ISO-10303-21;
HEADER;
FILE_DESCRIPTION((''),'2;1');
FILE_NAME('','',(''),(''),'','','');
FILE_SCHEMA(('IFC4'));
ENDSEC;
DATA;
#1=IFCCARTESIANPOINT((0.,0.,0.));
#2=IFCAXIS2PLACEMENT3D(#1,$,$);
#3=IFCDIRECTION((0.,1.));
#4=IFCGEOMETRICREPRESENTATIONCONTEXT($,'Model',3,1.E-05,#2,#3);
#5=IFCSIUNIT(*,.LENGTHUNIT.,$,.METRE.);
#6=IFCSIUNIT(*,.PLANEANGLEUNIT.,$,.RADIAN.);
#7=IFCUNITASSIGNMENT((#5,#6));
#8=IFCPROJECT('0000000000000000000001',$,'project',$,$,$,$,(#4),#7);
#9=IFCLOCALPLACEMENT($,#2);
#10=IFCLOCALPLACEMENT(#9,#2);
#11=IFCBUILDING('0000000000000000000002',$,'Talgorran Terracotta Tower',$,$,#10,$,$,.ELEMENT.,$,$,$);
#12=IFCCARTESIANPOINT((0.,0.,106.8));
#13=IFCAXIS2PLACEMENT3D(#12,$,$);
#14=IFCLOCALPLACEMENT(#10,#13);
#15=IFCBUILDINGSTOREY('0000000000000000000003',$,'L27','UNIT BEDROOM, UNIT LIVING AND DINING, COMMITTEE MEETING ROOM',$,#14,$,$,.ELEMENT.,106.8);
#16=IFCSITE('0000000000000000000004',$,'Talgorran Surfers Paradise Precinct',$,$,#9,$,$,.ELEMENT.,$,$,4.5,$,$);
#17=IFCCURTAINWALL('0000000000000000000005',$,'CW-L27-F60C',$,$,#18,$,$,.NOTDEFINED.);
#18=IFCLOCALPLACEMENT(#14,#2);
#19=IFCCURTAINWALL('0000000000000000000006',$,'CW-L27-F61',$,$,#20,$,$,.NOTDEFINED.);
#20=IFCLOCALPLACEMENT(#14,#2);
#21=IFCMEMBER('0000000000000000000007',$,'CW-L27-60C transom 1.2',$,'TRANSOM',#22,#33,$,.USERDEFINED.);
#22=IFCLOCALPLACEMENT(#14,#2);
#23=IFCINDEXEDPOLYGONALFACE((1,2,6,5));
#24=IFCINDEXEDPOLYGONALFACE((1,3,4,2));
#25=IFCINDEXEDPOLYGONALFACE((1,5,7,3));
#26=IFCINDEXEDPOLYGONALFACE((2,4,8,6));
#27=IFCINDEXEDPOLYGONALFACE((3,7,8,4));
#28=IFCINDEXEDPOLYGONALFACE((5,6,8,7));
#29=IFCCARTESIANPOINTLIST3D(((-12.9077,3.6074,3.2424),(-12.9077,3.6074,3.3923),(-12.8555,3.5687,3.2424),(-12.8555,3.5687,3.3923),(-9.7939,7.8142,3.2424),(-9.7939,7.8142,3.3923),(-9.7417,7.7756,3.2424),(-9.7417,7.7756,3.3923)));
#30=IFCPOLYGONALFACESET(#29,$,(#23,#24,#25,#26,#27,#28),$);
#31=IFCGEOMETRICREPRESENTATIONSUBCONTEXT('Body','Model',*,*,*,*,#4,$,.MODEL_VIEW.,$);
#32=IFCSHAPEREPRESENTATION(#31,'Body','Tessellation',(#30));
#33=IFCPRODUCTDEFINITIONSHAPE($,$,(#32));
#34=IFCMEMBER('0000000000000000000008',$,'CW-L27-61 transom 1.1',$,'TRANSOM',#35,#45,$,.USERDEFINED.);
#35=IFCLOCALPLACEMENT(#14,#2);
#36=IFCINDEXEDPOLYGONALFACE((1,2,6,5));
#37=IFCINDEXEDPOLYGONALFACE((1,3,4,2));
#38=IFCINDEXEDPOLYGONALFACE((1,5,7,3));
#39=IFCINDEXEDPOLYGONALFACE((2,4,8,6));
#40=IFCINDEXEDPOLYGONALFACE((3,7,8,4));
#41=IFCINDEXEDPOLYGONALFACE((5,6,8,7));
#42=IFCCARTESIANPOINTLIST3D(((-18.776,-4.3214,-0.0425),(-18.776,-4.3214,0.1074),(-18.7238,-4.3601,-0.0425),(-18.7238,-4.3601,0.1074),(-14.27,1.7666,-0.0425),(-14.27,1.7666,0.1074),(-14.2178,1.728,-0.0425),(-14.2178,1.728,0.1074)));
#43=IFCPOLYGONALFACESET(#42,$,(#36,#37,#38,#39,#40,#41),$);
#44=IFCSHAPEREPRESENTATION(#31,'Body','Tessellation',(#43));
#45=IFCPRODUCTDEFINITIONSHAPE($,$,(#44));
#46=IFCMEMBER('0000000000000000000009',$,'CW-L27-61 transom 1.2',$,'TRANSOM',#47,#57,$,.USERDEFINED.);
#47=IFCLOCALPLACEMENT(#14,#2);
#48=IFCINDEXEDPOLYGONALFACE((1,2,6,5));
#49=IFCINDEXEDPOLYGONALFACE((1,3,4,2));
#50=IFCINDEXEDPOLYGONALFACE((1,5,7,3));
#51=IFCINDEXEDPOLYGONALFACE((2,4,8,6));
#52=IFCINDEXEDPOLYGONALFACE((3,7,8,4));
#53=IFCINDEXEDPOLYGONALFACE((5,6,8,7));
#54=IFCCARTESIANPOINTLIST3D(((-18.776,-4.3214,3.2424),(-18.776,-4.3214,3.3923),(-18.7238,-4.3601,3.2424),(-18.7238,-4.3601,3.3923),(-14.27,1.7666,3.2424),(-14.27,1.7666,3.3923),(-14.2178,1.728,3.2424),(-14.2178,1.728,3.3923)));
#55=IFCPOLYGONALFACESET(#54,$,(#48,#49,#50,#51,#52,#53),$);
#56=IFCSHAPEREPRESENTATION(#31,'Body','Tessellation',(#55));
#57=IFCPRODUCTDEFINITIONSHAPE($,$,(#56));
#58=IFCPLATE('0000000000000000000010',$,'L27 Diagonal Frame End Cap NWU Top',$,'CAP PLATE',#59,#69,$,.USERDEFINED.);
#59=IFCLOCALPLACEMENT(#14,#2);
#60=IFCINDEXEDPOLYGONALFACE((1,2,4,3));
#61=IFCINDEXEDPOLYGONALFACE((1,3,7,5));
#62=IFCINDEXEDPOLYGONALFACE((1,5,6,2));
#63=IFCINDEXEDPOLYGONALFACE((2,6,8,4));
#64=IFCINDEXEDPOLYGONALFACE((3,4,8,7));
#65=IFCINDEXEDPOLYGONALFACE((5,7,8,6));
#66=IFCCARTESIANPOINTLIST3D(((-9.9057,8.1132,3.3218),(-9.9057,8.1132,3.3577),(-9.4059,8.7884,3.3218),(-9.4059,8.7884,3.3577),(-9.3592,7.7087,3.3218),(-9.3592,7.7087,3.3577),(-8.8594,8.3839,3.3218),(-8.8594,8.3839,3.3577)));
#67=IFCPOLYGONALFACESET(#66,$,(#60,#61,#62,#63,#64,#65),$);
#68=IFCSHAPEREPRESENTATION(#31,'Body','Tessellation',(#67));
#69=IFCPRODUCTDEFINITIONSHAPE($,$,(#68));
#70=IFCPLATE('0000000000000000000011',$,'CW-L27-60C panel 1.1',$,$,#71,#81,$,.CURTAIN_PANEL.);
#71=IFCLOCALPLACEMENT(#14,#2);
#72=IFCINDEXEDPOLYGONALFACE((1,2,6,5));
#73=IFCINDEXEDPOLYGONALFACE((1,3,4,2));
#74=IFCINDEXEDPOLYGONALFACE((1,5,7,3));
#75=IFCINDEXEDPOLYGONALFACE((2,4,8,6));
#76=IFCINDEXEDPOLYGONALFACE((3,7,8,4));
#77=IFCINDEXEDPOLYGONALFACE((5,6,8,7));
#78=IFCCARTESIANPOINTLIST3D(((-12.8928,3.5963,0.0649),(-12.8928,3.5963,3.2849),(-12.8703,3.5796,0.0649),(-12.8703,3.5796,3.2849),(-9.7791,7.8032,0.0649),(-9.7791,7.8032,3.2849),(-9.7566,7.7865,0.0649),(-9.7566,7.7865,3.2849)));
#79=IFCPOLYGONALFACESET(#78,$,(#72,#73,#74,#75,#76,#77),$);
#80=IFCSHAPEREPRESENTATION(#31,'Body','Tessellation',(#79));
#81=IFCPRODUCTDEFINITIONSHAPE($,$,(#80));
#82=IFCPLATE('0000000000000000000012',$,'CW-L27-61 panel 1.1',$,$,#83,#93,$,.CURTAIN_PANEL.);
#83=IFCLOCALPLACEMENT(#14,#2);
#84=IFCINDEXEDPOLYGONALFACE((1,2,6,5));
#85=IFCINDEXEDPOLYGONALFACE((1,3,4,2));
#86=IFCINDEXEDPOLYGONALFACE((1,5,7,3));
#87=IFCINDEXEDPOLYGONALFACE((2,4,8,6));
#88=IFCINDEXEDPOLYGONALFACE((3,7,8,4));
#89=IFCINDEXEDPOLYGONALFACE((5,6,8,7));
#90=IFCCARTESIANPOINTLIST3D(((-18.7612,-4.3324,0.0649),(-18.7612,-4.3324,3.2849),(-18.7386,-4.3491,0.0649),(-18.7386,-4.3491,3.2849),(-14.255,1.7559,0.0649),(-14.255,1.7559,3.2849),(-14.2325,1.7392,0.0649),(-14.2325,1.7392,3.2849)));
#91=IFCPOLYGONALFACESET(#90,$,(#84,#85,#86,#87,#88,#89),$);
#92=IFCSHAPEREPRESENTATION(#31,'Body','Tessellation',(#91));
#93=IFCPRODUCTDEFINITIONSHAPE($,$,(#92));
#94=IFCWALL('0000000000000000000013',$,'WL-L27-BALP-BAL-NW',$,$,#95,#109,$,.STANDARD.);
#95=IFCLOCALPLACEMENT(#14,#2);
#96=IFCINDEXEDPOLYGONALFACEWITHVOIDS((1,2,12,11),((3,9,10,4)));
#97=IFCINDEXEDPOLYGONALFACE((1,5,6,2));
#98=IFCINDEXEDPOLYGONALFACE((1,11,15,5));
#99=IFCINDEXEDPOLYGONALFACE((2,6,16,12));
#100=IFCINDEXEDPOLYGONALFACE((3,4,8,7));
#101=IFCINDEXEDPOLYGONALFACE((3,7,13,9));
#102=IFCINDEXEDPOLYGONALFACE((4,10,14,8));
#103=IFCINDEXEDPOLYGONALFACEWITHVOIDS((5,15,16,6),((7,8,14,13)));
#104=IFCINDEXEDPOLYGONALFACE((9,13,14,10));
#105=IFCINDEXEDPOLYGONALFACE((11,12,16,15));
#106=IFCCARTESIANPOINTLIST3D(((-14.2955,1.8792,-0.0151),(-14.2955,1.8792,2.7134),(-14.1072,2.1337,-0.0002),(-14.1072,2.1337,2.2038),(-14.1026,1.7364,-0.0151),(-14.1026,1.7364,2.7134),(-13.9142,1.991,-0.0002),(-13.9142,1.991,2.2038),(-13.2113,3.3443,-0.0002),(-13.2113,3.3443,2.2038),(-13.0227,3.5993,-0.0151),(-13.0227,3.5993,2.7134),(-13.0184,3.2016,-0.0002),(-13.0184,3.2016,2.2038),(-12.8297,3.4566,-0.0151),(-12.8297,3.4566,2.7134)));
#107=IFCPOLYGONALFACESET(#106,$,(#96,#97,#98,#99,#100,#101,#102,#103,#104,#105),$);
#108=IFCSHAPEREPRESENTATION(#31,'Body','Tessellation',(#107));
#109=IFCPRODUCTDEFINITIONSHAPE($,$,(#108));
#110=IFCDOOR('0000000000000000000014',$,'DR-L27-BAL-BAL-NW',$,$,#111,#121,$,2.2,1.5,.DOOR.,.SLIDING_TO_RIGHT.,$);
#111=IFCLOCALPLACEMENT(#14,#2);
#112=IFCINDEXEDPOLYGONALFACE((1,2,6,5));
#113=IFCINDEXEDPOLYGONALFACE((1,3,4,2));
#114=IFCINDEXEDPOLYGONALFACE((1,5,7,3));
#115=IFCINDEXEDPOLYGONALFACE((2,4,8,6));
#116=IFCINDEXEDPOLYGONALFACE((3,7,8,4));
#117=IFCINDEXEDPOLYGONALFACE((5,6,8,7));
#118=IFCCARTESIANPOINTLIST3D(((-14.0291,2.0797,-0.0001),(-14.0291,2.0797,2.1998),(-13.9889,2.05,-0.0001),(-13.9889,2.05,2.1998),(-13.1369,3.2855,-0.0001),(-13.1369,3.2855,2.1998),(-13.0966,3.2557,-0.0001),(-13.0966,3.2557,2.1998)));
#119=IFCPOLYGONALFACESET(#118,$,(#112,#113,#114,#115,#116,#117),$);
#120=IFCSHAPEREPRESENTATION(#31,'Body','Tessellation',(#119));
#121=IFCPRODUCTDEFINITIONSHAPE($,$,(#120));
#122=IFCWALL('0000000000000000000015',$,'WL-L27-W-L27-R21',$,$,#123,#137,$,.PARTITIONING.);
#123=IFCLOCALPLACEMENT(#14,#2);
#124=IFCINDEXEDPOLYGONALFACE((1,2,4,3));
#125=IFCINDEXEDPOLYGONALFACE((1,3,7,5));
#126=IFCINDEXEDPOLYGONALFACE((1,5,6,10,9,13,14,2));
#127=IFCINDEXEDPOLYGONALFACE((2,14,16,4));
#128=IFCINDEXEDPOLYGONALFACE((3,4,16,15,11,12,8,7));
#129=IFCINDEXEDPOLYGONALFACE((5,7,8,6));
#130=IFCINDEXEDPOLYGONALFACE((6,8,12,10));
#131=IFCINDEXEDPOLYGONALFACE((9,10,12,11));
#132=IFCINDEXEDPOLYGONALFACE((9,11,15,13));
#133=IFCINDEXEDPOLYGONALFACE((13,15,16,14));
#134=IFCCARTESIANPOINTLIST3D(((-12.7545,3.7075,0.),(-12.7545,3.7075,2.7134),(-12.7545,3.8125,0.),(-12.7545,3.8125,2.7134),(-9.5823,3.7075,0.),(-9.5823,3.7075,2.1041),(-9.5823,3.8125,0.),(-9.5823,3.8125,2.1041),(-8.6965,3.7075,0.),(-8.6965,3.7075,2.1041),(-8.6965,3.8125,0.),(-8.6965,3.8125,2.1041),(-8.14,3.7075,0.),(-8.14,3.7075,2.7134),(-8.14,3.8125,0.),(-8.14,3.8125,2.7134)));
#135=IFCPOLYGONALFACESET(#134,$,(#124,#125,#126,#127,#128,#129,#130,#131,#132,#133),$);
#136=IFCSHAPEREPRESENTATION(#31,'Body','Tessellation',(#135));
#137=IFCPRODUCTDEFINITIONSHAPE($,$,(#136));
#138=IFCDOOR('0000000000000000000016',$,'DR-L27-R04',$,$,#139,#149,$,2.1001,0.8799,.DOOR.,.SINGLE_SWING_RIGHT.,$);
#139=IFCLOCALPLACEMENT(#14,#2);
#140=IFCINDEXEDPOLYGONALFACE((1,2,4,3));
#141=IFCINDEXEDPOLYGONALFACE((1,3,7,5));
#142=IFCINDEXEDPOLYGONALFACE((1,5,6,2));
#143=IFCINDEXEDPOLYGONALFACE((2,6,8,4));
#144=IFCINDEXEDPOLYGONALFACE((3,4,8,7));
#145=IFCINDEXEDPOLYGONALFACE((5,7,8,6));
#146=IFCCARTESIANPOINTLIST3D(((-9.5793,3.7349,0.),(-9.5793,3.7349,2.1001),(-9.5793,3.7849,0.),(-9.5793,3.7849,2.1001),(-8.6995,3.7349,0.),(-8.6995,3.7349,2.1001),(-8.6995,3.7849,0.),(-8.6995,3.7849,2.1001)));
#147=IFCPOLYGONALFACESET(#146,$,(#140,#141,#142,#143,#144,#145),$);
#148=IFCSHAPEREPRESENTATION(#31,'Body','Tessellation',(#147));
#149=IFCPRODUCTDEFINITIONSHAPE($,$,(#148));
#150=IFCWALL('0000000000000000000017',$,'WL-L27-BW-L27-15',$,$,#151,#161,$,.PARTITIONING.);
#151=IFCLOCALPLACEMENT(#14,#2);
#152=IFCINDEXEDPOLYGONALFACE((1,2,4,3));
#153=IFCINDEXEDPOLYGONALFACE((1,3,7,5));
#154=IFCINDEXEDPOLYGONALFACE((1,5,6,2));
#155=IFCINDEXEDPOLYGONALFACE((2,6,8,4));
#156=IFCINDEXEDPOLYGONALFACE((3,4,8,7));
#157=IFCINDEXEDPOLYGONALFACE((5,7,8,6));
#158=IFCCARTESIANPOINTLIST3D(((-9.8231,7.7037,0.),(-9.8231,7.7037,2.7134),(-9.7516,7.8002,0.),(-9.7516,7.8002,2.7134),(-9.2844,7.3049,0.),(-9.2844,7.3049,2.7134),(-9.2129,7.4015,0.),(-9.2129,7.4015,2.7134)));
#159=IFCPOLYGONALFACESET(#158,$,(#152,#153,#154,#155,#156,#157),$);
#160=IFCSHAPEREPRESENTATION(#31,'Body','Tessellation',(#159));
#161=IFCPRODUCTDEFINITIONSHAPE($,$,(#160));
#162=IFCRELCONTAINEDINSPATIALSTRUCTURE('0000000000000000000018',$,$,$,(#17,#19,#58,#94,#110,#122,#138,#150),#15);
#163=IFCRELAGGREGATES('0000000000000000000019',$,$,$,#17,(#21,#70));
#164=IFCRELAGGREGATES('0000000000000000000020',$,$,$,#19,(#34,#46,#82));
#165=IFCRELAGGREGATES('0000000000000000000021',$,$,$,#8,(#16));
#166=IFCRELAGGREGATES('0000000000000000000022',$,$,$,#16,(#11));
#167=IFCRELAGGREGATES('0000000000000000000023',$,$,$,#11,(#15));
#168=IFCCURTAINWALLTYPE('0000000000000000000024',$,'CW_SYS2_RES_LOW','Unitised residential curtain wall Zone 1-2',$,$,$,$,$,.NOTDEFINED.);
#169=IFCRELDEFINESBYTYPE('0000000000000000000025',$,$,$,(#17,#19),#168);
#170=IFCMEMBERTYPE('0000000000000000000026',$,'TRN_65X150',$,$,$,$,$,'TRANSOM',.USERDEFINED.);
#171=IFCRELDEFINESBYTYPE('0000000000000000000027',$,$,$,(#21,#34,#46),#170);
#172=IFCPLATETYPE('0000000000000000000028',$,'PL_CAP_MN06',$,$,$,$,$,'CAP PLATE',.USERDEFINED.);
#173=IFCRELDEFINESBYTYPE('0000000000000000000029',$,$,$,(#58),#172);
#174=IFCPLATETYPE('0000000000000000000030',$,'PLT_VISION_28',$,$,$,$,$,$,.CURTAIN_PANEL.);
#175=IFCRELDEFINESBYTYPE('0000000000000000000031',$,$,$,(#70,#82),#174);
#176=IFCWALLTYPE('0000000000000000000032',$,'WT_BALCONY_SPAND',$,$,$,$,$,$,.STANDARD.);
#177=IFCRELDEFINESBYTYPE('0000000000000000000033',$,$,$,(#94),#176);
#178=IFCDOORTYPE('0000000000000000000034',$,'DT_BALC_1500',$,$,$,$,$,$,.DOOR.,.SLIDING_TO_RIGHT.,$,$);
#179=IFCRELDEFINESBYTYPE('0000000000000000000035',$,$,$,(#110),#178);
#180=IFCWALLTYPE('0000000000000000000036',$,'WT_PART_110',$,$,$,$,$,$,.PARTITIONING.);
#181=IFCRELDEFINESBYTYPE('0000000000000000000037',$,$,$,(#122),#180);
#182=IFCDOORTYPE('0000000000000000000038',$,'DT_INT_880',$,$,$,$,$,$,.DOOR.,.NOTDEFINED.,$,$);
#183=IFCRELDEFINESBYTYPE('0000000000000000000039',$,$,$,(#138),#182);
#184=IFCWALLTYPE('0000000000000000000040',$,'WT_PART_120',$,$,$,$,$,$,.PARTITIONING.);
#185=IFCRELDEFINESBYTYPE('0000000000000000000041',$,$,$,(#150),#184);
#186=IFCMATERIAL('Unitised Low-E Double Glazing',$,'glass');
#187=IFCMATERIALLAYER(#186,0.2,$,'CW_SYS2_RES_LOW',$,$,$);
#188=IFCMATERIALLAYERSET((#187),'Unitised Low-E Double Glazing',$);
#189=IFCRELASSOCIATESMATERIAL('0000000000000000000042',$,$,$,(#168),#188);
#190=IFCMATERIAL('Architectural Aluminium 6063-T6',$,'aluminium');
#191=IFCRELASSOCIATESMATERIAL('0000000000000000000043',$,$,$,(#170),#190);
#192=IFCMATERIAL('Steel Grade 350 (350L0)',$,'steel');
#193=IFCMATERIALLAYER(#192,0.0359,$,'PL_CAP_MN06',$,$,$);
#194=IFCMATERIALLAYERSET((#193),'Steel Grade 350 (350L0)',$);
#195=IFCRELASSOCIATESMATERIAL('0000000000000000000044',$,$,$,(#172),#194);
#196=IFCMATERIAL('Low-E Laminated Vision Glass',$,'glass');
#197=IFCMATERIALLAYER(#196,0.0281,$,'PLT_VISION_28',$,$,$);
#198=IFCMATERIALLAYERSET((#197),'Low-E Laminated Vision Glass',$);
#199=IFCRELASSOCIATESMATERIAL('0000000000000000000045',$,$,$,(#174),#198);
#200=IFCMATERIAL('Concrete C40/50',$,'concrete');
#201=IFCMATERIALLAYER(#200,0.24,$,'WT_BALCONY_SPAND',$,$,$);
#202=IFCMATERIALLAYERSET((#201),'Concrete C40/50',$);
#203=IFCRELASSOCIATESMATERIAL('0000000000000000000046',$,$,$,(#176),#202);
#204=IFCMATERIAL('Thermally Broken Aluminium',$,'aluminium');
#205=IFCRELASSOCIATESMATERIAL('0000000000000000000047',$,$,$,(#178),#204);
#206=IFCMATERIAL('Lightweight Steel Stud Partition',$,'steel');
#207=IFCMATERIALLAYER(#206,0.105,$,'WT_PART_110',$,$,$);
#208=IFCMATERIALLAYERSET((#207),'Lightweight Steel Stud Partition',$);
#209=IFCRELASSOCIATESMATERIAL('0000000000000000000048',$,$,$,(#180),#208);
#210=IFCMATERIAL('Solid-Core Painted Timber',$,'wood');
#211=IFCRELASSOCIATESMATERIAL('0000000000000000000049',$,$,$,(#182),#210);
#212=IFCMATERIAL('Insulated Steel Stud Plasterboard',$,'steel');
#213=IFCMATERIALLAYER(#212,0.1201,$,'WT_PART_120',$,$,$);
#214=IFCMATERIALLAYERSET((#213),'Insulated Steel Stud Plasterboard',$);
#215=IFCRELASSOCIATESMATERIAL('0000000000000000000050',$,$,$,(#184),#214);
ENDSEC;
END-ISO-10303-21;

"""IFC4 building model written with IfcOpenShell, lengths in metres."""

from ifc_helpers import new_model, si_unit, direction, frame, frame_2d, origin, origin_2d, place, context, subcontext, project, spatial, rectangle, extrude, source, transform, mapped, material, layer, layer_set, material_profile, profile_set, type_object, type_shapes, element, fill, aggregate, save


model = new_model("IFC4")

# Units and contexts
model_context = context("Model", 3, precision=1e-05, world=origin(), true_north=direction((0.0, 1.0)))
body_context = subcontext(model_context, "Body", "Model", "MODEL_VIEW")
ifc_project = project(units=[si_unit("LENGTHUNIT", "METRE"), si_unit("PLANEANGLEUNIT", "RADIAN")], contexts=[model_context])

# Site, building, storey
site_placement = place(None, origin())
site = spatial("IfcSite", under=ifc_project, at=site_placement, Name="Talgorran Surfers Paradise Precinct", CompositionType="ELEMENT", RefElevation=4.5)
building_placement = place(site_placement, origin())
building = spatial("IfcBuilding", under=site, at=building_placement, Name="Talgorran Terracotta Tower", CompositionType="ELEMENT")
storey_placement = place(building_placement, frame((0.0, 0.0, 106.8)))
storey = spatial("IfcBuildingStorey", under=building, at=storey_placement, Name="L27", Description="UNIT BEDROOM, UNIT LIVING AND DINING, COMMITTEE MEETING ROOM", CompositionType="ELEMENT", Elevation=106.8)

# Shared definitions
ifc_material_1 = material(Name="Steel Grade 350 (350L0)", Category="steel")

# Shared definitions
ifc_material_2 = material(Name="Unitised Low-E Double Glazing", Category="glass")
ifc_layer_1 = layer(ifc_material_2, 0.2, Name="CW_SYS2_RES_LOW")
ifc_layer_set_1 = layer_set([ifc_layer_1], Name="Unitised Low-E Double Glazing")
curtain_wall_type = type_object("IfcCurtainWallType", Name="CW_SYS2_RES_LOW", Description="Unitised residential curtain wall Zone 1-2", PredefinedType="NOTDEFINED", material=ifc_layer_set_1)
ifc_material_3 = material(Name="Architectural Aluminium 6063-T6", Category="aluminium")

# Curtain wall
curtain_wall_1_placement = place(storey_placement, origin())
curtain_wall_1 = element("IfcCurtainWall", 1, at=curtain_wall_1_placement, inside=storey, type_object=curtain_wall_type, Name="CW-L27-F60C", PredefinedType="NOTDEFINED")

# Curtain wall
curtain_wall_2_placement = place(storey_placement, origin())
curtain_wall_2 = element("IfcCurtainWall", 2, at=curtain_wall_2_placement, inside=storey, type_object=curtain_wall_type, Name="CW-L27-F61", PredefinedType="NOTDEFINED")

# Members
ifc_material_profile_1 = material_profile(ifc_material_3, rectangle(XDim=0.0649, YDim=0.1499, at=origin_2d()), Name="CWT65X150")
ifc_profile_set_1 = profile_set([ifc_material_profile_1], Name="Architectural Aluminium 6063-T6")
member_type_1 = type_object("IfcMemberType", Name="TRN_65X150", ElementType="TRANSOM", PredefinedType="USERDEFINED", material=ifc_profile_set_1)
member_1_placement = place(storey_placement, frame((-9.7678, 7.7949, 3.3174), z_axis=(-0.594935, -0.803774, 0.0), x_axis=(0.803774, -0.594935, 0.0)))
member_1 = element("IfcMember", 3, at=member_1_placement, type_object=member_type_1, Name="CW-L27-60C transom 1.2", ObjectType="TRANSOM", PredefinedType="USERDEFINED", context=body_context, shape_type="SweptSolid", body=[
    extrude(rectangle(XDim=0.0649, YDim=0.1499, at=origin_2d()), origin(), (0.0, 0.0, 1.0), 5.2339),
])
member_2_placement = place(storey_placement, frame((-14.2439, 1.7473, 0.0325), z_axis=(-0.594918, -0.803786, 0.0), x_axis=(0.803786, -0.594918, 0.0)))
member_2 = element("IfcMember", 4, at=member_2_placement, type_object=member_type_1, Name="CW-L27-61 transom 1.1", ObjectType="TRANSOM", PredefinedType="USERDEFINED", context=body_context, shape_type="SweptSolid", body=[
    extrude(rectangle(XDim=0.0649, YDim=0.1499, at=origin_2d()), origin(), (0.0, 0.0, 1.0), 7.5742),
])
member_3_placement = place(storey_placement, frame((-14.2439, 1.7473, 3.3174), z_axis=(-0.594918, -0.803786, 0.0), x_axis=(0.803786, -0.594918, 0.0)))
member_3 = element("IfcMember", 5, at=member_3_placement, type_object=member_type_1, Name="CW-L27-61 transom 1.2", ObjectType="TRANSOM", PredefinedType="USERDEFINED", context=body_context, shape_type="SweptSolid", body=[
    extrude(rectangle(XDim=0.0649, YDim=0.1499, at=origin_2d()), origin(), (0.0, 0.0, 1.0), 7.5742),
])

# Plates
ifc_layer_2 = layer(ifc_material_1, 0.0359, Name="PL_CAP_MN06")
ifc_layer_set_2 = layer_set([ifc_layer_2], Name="Steel Grade 350 (350L0)")
plate_type_1 = type_object("IfcPlateType", Name="PL_CAP_MN06", ElementType="CAP PLATE", PredefinedType="USERDEFINED", material=ifc_layer_set_2)
plate_1_placement = place(storey_placement, frame((-9.3826, 8.2485, 3.3218), z_axis=(0.0, 0.0, 1.0), x_axis=(-0.594963, -0.803753, 0.0)))
element("IfcPlate", 6, at=plate_1_placement, inside=storey, type_object=plate_type_1, Name="L27 Diagonal Frame End Cap NWU Top", ObjectType="CAP PLATE", PredefinedType="USERDEFINED", context=body_context, shape_type="SweptSolid", body=[
    extrude(rectangle(XDim=0.8401, YDim=0.6799, at=origin_2d()), origin(), (0.0, 0.0, 1.0), 0.0359),
])
ifc_material_4 = material(Name="Low-E Laminated Vision Glass", Category="glass")
ifc_layer_3 = layer(ifc_material_4, 0.0281, Name="PLT_VISION_28")
ifc_layer_set_3 = layer_set([ifc_layer_3], Name="Low-E Laminated Vision Glass")
plate_type_2 = type_object("IfcPlateType", Name="PLT_VISION_28", PredefinedType="CURTAIN_PANEL", material=ifc_layer_set_3)
shared_shape_1 = source(origin(), body_context, "Body", "SweptSolid", [
    extrude(rectangle(XDim=5.2339, YDim=0.0281, at=origin_2d()), origin(), (0.0, 0.0, 1.0), 3.22),
])
plate_2_placement = place(storey_placement, frame((-11.3247, 5.6914, 0.0649), z_axis=(0.0, 0.0, 1.0), x_axis=(-0.594911, -0.803792, 0.0)))
plate_2 = element("IfcPlate", 7, at=plate_2_placement, type_object=plate_type_2, Name="CW-L27-60C panel 1.1", PredefinedType="CURTAIN_PANEL", context=body_context, shape_type="MappedRepresentation", body=[
    mapped(shared_shape_1, transform((0.0, 0.0, 0.0), scale=1.0)),
])
aggregate(curtain_wall_1, [member_1, plate_2])
shared_shape_2 = source(origin(), body_context, "Body", "SweptSolid", [
    extrude(rectangle(XDim=7.5745, YDim=0.0281, at=origin_2d()), origin(), (0.0, 0.0, 1.0), 3.22),
])
type_shapes(plate_type_2, [shared_shape_1, shared_shape_2])
plate_3_placement = place(storey_placement, frame((-16.4968, -1.2966, 0.0649), z_axis=(0.0, 0.0, 1.0), x_axis=(-0.59491, -0.803792, 0.0)))
plate_3 = element("IfcPlate", 8, at=plate_3_placement, type_object=plate_type_2, Name="CW-L27-61 panel 1.1", PredefinedType="CURTAIN_PANEL", context=body_context, shape_type="MappedRepresentation", body=[
    mapped(shared_shape_2, transform((0.0, 0.0, 0.0), scale=1.0)),
])
aggregate(curtain_wall_2, [member_2, member_3, plate_3])

# Walls, openings, doors
ifc_material_5 = material(Name="Concrete C40/50", Category="concrete")
ifc_layer_4 = layer(ifc_material_5, 0.24, Name="WT_BALCONY_SPAND")
ifc_layer_set_4 = layer_set([ifc_layer_4], Name="Concrete C40/50")
wall_type_1 = type_object("IfcWallType", Name="WT_BALCONY_SPAND", PredefinedType="STANDARD", material=ifc_layer_set_4)
wall_1_placement = place(storey_placement, frame((-12.9263, 3.5278, -0.0151), z_axis=(0.0, 0.0, 1.0), x_axis=(-0.59484, -0.803844, 0.0)))
wall_1 = element("IfcWall", 9, at=wall_1_placement, inside=storey, type_object=wall_type_1, Name="WL-L27-BALP-BAL-NW", PredefinedType="STANDARD", context=body_context, shape_type="SweptSolid", body=[
    extrude(rectangle(XDim=2.1399, YDim=0.24, at=frame_2d((1.0698, 0.0))), origin(), (0.0, 0.0, 1.0), 2.7285),
])
opening_1_placement = place(wall_1_placement, frame((0.3201, 0.0, 0.0149)))
opening_1 = element("IfcOpeningElement", 10, at=opening_1_placement, cuts=wall_1, PredefinedType="OPENING", context=body_context, shape_type="SweptSolid", body=[
    extrude(rectangle(XDim=1.506, YDim=2.204, at=frame_2d((0.75, 1.1021))), frame((0.0, 0.1299, 0.0), z_axis=(0.0, -1.0, 0.0), x_axis=(1.0, 0.0, 0.0)), (0.0, 0.0, 1.0), 0.26),
])
ifc_material_6 = material(Name="Thermally Broken Aluminium", Category="aluminium")
door_type_1 = type_object("IfcDoorType", Name="DT_BALC_1500", OperationType="SLIDING_TO_RIGHT", PredefinedType="DOOR", material=ifc_material_6)
door_1_placement = place(opening_1_placement, origin())
door_1 = element("IfcDoor", 11, at=door_1_placement, inside=storey, type_object=door_type_1, Name="DR-L27-BAL-BAL-NW", OperationType="SLIDING_TO_RIGHT", OverallHeight=2.2, OverallWidth=1.5, PredefinedType="DOOR", context=body_context, shape_type="SweptSolid", body=[
    extrude(rectangle(XDim=1.5, YDim=2.2, at=frame_2d((0.75, 1.1001))), frame((0.0, 0.0249, 0.0), z_axis=(0.0, -1.0, 0.0), x_axis=(1.0, 0.0, 0.0)), (0.0, 0.0, 1.0), 0.05),
])
fill(opening_1, door_1)
ifc_material_7 = material(Name="Lightweight Steel Stud Partition", Category="steel")
ifc_layer_5 = layer(ifc_material_7, 0.105, Name="WT_PART_110")
ifc_layer_set_5 = layer_set([ifc_layer_5], Name="Lightweight Steel Stud Partition")
wall_type_2 = type_object("IfcWallType", Name="WT_PART_110", PredefinedType="PARTITIONING", material=ifc_layer_set_5)
wall_2_placement = place(storey_placement, frame((-12.7544, 3.76, 0.0), z_axis=(0.0, 0.0, 1.0), x_axis=(1.0, 0.0, 0.0)))
wall_2 = element("IfcWall", 12, at=wall_2_placement, inside=storey, type_object=wall_type_2, Name="WL-L27-W-L27-R21", PredefinedType="PARTITIONING", context=body_context, shape_type="SweptSolid", body=[
    extrude(rectangle(XDim=4.6145, YDim=0.105, at=frame_2d((2.3071, 0.0))), origin(), (0.0, 0.0, 1.0), 2.7134),
])
opening_2_placement = place(wall_2_placement, frame((3.175, 0.0, 0.0)))
opening_2 = element("IfcOpeningElement", 13, at=opening_2_placement, cuts=wall_2, PredefinedType="OPENING", context=body_context, shape_type="SweptSolid", body=[
    extrude(rectangle(XDim=0.8859, YDim=2.1041, at=frame_2d((0.4399, 1.052))), frame((0.0, 0.0625, 0.0), z_axis=(0.0, -1.0, 0.0), x_axis=(1.0, 0.0, 0.0)), (0.0, 0.0, 1.0), 0.125),
])
ifc_material_8 = material(Name="Solid-Core Painted Timber", Category="wood")
door_type_2 = type_object("IfcDoorType", Name="DT_INT_880", OperationType="NOTDEFINED", PredefinedType="DOOR", material=ifc_material_8)
door_2_placement = place(opening_2_placement, origin())
door_2 = element("IfcDoor", 14, at=door_2_placement, inside=storey, type_object=door_type_2, Name="DR-L27-R04", OperationType="SINGLE_SWING_RIGHT", OverallHeight=2.1001, OverallWidth=0.8799, PredefinedType="DOOR", context=body_context, shape_type="SweptSolid", body=[
    extrude(rectangle(XDim=0.8799, YDim=2.1001, at=frame_2d((0.4399, 1.05))), frame((0.0, 0.0249, 0.0), z_axis=(0.0, -1.0, 0.0), x_axis=(1.0, 0.0, 0.0)), (0.0, 0.0, 1.0), 0.05),
])
fill(opening_2, door_2)

# Wall
ifc_material_9 = material(Name="Insulated Steel Stud Plasterboard", Category="steel")
ifc_layer_6 = layer(ifc_material_9, 0.1201, Name="WT_PART_120")
ifc_layer_set_6 = layer_set([ifc_layer_6], Name="Insulated Steel Stud Plasterboard")
wall_type_3 = type_object("IfcWallType", Name="WT_PART_120", PredefinedType="PARTITIONING", material=ifc_layer_set_6)
wall_3_placement = place(storey_placement, frame((-9.2488, 7.3533, 0.0), z_axis=(0.0, 0.0, 1.0), x_axis=(-0.803744, 0.594975, 0.0)))
element("IfcWall", 15, at=wall_3_placement, inside=storey, type_object=wall_type_3, Name="WL-L27-BW-L27-15", PredefinedType="PARTITIONING", context=body_context, shape_type="SweptSolid", body=[
    extrude(rectangle(XDim=0.6702, YDim=0.1201, at=frame_2d((0.335, 0.0))), origin(), (0.0, 0.0, 1.0), 2.7134),
])

save(model, "model.ifc")
